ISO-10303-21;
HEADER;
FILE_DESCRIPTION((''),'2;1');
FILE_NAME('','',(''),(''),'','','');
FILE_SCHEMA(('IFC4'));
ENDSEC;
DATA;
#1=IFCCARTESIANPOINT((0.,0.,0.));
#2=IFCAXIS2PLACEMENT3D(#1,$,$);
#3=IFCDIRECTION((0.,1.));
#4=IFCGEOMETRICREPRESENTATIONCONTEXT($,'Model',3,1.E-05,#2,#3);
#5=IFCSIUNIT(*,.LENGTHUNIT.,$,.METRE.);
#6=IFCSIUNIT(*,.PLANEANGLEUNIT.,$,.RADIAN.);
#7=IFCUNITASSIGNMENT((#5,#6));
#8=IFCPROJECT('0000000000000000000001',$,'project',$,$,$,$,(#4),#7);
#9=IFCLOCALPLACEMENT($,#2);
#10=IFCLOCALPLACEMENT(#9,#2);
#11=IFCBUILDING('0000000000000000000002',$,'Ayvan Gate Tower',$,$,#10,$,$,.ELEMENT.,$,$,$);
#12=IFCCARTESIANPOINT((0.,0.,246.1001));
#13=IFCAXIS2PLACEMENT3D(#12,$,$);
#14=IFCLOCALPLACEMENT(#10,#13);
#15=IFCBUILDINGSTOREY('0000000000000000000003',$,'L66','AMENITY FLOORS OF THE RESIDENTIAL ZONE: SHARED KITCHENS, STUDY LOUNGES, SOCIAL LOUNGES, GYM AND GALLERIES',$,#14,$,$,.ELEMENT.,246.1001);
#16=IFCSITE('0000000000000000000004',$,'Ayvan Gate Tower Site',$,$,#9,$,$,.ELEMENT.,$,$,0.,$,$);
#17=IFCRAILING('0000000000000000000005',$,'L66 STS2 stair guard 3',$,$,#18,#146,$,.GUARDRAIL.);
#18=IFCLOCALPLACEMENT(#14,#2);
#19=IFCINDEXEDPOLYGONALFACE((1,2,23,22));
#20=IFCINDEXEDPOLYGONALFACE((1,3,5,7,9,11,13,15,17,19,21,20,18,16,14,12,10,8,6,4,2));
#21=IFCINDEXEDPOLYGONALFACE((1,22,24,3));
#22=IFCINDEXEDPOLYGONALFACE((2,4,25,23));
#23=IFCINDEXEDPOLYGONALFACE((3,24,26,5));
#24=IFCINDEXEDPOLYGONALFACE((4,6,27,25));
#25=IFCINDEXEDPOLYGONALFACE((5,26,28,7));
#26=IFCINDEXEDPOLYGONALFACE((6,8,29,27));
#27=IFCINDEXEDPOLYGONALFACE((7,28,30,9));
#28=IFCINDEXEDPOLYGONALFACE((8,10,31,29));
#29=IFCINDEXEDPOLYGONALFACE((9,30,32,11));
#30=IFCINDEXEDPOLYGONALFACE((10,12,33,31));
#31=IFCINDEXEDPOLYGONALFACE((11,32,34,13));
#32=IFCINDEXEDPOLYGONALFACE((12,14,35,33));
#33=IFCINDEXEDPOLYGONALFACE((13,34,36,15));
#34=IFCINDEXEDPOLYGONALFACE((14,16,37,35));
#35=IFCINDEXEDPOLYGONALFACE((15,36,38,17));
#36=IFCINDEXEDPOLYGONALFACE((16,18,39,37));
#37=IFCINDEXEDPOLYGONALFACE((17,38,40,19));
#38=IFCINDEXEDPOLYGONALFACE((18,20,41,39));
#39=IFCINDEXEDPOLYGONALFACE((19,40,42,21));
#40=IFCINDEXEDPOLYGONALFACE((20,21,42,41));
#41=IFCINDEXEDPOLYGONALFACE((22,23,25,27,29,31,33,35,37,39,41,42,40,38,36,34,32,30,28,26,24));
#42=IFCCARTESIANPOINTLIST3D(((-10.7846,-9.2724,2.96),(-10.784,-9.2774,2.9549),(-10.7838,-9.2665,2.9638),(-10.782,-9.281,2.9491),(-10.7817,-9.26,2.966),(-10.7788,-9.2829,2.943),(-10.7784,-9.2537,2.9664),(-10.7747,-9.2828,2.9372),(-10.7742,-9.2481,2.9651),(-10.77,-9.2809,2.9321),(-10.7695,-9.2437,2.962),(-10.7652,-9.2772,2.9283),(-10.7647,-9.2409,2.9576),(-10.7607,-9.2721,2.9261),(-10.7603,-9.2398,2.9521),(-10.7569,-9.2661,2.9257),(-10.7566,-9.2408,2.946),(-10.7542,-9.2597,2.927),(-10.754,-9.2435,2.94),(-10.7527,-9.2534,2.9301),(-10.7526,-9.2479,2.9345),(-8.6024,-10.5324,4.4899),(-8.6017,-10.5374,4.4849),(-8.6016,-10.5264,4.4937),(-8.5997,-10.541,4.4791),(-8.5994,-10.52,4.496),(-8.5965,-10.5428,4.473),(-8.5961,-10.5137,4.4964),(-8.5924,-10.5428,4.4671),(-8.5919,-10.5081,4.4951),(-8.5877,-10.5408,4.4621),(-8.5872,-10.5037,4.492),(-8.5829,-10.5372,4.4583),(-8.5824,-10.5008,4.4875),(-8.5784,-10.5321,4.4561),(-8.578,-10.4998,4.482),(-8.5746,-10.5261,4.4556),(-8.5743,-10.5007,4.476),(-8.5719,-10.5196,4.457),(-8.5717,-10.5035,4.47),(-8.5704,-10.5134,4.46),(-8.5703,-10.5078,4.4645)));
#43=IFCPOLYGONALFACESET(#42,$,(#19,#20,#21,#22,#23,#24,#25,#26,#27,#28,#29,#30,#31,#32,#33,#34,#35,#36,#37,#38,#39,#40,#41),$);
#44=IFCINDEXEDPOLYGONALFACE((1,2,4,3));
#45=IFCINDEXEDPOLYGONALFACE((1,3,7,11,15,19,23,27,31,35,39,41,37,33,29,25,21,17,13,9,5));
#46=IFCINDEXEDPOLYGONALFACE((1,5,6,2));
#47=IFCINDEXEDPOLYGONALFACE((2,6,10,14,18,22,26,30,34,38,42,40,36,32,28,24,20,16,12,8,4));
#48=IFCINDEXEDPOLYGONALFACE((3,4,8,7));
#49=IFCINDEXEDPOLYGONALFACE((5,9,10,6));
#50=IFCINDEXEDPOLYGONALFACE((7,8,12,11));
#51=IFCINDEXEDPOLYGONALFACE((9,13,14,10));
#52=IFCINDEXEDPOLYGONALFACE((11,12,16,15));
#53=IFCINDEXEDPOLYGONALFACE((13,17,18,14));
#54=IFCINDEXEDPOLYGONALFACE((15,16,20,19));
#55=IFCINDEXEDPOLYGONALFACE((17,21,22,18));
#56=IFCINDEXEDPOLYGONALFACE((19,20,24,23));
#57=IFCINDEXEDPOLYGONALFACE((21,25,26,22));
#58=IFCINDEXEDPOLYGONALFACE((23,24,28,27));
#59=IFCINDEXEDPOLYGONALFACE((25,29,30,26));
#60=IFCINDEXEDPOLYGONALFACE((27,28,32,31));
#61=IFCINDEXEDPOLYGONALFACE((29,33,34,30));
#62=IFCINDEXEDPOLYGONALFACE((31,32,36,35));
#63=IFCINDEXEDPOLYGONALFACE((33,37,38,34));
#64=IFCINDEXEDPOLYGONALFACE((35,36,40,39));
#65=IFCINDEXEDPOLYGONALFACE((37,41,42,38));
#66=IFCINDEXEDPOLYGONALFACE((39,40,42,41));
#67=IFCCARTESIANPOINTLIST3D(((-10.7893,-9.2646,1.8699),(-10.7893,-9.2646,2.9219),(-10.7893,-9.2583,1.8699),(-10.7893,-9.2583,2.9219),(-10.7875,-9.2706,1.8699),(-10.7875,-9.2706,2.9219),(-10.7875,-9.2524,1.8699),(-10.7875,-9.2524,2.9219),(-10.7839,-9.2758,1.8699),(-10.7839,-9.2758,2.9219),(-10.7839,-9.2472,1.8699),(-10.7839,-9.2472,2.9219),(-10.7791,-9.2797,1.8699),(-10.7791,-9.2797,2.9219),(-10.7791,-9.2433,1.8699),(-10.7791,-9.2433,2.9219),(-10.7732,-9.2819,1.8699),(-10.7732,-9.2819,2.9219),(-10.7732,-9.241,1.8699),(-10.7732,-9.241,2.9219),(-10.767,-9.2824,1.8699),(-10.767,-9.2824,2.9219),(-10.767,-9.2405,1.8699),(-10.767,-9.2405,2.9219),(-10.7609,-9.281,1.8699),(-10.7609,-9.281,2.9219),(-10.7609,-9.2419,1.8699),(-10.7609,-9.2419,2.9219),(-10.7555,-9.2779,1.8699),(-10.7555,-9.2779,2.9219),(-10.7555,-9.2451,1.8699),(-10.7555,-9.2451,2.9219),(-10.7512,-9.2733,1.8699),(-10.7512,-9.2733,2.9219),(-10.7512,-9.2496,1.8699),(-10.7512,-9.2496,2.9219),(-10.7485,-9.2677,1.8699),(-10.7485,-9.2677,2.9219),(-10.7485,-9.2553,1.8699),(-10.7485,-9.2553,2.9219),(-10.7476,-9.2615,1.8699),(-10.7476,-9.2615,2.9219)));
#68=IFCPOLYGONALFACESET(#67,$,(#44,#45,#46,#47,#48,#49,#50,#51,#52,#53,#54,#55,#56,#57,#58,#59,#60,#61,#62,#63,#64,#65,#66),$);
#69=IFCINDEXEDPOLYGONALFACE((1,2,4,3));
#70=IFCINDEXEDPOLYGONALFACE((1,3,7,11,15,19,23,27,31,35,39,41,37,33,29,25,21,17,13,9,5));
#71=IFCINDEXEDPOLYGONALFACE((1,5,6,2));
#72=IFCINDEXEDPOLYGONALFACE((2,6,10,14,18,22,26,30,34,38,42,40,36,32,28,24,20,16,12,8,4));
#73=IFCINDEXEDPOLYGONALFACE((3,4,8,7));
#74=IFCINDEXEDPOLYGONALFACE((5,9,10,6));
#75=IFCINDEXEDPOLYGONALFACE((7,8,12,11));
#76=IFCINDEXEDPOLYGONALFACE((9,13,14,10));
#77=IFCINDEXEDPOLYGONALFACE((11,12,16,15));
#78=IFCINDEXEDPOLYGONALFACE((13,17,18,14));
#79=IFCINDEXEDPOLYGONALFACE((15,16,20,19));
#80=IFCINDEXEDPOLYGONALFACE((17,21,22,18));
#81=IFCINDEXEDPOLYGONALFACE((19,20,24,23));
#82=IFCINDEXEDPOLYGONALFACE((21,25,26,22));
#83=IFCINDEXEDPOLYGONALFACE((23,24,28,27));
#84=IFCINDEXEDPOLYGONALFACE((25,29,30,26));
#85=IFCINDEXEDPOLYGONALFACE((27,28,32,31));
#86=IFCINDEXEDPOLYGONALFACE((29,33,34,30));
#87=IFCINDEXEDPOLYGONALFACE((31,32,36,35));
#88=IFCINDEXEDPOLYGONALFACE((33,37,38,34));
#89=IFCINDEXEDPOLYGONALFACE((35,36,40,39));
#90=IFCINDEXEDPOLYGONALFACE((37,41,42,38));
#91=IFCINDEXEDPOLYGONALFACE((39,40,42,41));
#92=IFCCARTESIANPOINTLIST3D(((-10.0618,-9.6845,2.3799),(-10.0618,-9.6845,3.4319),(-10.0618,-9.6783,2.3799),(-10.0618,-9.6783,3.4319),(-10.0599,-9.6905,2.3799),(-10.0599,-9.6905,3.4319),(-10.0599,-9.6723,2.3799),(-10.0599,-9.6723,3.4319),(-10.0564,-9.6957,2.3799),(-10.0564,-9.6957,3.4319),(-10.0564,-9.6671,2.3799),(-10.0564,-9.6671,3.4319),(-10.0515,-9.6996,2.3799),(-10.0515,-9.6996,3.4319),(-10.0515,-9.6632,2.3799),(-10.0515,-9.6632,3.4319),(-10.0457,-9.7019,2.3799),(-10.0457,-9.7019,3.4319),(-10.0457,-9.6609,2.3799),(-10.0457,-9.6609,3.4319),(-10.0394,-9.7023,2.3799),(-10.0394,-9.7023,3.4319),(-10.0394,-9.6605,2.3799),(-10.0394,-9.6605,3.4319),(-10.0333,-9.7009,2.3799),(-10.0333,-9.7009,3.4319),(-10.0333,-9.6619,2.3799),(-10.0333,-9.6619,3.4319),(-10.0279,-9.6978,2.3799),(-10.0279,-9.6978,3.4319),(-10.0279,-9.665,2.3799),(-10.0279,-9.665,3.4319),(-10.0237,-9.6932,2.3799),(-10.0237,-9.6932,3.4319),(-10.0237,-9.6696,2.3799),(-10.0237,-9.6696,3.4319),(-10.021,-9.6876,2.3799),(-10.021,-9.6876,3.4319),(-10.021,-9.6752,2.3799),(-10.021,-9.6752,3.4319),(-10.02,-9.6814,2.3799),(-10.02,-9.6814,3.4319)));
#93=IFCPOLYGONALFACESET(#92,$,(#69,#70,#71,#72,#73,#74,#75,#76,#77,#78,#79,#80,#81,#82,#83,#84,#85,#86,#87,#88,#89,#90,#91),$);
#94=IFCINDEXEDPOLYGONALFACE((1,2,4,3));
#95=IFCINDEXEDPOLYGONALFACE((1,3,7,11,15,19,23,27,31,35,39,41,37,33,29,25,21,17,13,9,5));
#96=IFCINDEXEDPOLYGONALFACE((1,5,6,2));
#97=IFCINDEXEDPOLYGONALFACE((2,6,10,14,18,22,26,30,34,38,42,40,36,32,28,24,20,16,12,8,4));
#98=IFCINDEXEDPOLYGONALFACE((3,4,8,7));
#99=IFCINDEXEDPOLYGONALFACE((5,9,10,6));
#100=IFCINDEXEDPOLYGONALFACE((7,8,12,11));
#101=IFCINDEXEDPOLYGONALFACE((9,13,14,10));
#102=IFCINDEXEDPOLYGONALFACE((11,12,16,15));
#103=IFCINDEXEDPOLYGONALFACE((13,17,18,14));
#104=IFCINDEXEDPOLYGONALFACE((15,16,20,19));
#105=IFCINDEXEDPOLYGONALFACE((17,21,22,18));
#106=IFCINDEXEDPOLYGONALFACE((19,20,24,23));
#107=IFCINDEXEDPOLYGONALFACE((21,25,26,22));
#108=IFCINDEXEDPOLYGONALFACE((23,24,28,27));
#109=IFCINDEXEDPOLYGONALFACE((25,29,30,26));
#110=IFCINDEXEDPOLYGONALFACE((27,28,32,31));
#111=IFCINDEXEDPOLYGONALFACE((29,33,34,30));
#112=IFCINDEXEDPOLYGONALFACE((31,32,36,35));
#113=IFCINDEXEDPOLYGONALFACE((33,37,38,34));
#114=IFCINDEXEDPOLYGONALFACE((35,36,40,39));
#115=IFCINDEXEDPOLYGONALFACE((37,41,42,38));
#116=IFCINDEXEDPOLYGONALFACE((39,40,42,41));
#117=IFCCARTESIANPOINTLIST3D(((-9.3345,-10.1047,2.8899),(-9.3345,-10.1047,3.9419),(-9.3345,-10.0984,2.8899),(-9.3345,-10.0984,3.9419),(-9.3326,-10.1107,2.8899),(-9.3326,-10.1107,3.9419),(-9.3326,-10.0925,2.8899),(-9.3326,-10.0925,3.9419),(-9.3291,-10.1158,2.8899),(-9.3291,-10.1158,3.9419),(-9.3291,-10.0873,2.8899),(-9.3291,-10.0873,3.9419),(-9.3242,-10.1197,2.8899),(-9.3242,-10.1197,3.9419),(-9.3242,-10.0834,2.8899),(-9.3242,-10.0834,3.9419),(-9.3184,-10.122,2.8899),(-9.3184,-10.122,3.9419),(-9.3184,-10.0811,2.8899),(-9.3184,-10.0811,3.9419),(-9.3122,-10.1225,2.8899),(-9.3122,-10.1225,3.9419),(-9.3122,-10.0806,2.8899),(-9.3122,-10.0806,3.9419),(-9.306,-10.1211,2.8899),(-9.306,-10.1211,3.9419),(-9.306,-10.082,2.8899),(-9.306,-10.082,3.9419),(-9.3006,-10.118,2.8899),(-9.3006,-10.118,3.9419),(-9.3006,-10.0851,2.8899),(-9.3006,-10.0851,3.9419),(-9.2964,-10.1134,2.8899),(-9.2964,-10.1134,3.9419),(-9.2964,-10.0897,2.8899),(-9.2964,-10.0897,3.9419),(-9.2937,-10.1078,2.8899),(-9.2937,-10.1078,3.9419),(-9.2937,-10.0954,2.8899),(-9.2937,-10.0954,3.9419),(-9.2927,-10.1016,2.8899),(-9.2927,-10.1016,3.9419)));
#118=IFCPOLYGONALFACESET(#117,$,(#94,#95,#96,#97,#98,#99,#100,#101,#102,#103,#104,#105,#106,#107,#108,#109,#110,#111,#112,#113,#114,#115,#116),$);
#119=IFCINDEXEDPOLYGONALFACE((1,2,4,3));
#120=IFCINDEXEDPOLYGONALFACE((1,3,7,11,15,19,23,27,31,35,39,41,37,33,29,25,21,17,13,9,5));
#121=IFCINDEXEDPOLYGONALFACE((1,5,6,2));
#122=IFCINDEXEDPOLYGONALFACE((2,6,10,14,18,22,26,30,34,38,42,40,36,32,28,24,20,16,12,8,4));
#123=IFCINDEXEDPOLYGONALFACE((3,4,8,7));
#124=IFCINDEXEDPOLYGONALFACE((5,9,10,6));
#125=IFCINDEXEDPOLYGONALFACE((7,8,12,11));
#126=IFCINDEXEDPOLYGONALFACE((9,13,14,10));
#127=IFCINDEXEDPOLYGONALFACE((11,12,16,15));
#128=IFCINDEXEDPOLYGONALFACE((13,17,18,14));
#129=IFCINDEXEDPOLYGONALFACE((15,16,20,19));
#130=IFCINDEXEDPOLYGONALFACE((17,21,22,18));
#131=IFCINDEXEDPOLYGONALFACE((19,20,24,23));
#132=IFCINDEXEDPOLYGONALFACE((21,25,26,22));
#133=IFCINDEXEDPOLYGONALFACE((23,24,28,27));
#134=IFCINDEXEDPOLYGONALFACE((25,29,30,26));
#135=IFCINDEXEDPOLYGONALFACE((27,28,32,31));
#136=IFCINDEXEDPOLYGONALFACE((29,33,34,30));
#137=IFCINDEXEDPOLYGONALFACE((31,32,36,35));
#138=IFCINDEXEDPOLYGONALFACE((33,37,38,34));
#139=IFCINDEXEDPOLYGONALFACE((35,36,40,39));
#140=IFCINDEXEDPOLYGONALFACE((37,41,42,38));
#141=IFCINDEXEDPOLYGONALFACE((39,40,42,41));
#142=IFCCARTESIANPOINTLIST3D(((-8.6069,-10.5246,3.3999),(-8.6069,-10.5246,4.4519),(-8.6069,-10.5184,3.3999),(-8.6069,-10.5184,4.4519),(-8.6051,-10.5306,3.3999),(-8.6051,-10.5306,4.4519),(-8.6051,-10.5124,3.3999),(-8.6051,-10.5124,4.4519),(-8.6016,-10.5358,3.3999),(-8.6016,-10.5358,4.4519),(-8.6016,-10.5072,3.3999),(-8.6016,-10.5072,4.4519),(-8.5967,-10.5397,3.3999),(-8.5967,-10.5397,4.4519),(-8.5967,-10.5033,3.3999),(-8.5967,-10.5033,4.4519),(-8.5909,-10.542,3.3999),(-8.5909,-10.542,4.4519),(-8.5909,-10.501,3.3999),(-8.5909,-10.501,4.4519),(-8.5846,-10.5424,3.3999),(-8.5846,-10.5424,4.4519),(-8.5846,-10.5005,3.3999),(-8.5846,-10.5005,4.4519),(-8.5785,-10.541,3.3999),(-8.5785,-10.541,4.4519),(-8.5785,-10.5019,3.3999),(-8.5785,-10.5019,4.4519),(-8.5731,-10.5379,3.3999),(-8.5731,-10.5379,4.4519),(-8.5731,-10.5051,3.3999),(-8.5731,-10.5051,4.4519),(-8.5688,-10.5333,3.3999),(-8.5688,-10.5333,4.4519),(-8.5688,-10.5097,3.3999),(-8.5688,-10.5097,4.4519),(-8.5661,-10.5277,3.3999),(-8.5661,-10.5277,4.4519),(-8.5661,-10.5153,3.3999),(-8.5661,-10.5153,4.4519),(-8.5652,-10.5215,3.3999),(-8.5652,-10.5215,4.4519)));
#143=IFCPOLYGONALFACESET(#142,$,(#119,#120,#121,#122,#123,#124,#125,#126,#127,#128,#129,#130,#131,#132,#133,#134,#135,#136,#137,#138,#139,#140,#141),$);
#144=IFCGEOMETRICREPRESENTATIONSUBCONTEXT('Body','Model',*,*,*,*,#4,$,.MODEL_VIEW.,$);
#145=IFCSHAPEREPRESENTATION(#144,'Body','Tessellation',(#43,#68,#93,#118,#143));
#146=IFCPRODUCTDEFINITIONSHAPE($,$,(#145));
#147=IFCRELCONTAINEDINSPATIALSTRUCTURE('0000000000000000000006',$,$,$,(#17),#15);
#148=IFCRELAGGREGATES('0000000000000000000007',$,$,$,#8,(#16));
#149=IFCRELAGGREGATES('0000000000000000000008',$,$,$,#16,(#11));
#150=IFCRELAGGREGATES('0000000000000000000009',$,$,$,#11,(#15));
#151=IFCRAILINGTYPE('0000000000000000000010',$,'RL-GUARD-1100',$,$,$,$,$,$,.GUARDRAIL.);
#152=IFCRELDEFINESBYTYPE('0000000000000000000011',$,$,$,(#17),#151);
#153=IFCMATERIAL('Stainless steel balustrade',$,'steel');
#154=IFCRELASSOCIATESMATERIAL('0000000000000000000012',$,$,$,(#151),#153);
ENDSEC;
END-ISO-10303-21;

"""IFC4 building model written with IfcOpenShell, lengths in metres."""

from ifc_helpers import new_model, si_unit, direction, frame, origin, origin_2d, place, context, subcontext, project, spatial, circle, extrude, material, type_object, element, save


model = new_model("IFC4")

# Units and contexts
model_context = context("Model", 3, precision=1e-05, world=origin(), true_north=direction((0.0, 1.0)))
body_context = subcontext(model_context, "Body", "Model", "MODEL_VIEW")
ifc_project = project(units=[si_unit("LENGTHUNIT", "METRE"), si_unit("PLANEANGLEUNIT", "RADIAN")], contexts=[model_context])

# Site, building, storey
site_placement = place(None, origin())
site = spatial("IfcSite", under=ifc_project, at=site_placement, Name="Ayvan Gate Tower Site", CompositionType="ELEMENT", RefElevation=0.0)
building_placement = place(site_placement, origin())
building = spatial("IfcBuilding", under=site, at=building_placement, Name="Ayvan Gate Tower", CompositionType="ELEMENT")
storey_placement = place(building_placement, frame((0.0, 0.0, 246.1001)))
storey = spatial("IfcBuildingStorey", under=building, at=storey_placement, Name="L66", Description="AMENITY FLOORS OF THE RESIDENTIAL ZONE: SHARED KITCHENS, STUDY LOUNGES, SOCIAL LOUNGES, GYM AND GALLERIES", CompositionType="ELEMENT", Elevation=246.1001)

# Railing
ifc_material_1 = material(Name="Stainless steel balustrade", Category="steel")
railing_type_1 = type_object("IfcRailingType", Name="RL-GUARD-1100", PredefinedType="GUARDRAIL", material=ifc_material_1)
railing_1_placement = place(storey_placement, frame((-10.7686, -9.2615, 1.8699)))
element("IfcRailing", 1, at=railing_1_placement, inside=storey, type_object=railing_type_1, Name="L66 STS2 stair guard 3", PredefinedType="GUARDRAIL", context=body_context, shape_type="SweptSolid", body=[
    extrude(circle(Radius=0.0239, at=origin_2d()), frame((0.0, 0.0, 1.0762), z_axis=(0.740261, -0.427395, 0.518986), x_axis=(0.500005, 0.866023, 0.0)), (0.0, 0.0, 1.0), 2.948),
    extrude(circle(Radius=0.021, at=origin_2d()), origin(), (0.0, 0.0, 1.0), 1.052),
    extrude(circle(Radius=0.021, at=origin_2d()), frame((0.7275, -0.4199, 0.51)), (0.0, 0.0, 1.0), 1.052),
    extrude(circle(Radius=0.021, at=origin_2d()), frame((1.4548, -0.8401, 1.02)), (0.0, 0.0, 1.0), 1.052),
    extrude(circle(Radius=0.021, at=origin_2d()), frame((2.1824, -1.26, 1.53)), (0.0, 0.0, 1.0), 1.052),
])

save(model, "model.ifc")
